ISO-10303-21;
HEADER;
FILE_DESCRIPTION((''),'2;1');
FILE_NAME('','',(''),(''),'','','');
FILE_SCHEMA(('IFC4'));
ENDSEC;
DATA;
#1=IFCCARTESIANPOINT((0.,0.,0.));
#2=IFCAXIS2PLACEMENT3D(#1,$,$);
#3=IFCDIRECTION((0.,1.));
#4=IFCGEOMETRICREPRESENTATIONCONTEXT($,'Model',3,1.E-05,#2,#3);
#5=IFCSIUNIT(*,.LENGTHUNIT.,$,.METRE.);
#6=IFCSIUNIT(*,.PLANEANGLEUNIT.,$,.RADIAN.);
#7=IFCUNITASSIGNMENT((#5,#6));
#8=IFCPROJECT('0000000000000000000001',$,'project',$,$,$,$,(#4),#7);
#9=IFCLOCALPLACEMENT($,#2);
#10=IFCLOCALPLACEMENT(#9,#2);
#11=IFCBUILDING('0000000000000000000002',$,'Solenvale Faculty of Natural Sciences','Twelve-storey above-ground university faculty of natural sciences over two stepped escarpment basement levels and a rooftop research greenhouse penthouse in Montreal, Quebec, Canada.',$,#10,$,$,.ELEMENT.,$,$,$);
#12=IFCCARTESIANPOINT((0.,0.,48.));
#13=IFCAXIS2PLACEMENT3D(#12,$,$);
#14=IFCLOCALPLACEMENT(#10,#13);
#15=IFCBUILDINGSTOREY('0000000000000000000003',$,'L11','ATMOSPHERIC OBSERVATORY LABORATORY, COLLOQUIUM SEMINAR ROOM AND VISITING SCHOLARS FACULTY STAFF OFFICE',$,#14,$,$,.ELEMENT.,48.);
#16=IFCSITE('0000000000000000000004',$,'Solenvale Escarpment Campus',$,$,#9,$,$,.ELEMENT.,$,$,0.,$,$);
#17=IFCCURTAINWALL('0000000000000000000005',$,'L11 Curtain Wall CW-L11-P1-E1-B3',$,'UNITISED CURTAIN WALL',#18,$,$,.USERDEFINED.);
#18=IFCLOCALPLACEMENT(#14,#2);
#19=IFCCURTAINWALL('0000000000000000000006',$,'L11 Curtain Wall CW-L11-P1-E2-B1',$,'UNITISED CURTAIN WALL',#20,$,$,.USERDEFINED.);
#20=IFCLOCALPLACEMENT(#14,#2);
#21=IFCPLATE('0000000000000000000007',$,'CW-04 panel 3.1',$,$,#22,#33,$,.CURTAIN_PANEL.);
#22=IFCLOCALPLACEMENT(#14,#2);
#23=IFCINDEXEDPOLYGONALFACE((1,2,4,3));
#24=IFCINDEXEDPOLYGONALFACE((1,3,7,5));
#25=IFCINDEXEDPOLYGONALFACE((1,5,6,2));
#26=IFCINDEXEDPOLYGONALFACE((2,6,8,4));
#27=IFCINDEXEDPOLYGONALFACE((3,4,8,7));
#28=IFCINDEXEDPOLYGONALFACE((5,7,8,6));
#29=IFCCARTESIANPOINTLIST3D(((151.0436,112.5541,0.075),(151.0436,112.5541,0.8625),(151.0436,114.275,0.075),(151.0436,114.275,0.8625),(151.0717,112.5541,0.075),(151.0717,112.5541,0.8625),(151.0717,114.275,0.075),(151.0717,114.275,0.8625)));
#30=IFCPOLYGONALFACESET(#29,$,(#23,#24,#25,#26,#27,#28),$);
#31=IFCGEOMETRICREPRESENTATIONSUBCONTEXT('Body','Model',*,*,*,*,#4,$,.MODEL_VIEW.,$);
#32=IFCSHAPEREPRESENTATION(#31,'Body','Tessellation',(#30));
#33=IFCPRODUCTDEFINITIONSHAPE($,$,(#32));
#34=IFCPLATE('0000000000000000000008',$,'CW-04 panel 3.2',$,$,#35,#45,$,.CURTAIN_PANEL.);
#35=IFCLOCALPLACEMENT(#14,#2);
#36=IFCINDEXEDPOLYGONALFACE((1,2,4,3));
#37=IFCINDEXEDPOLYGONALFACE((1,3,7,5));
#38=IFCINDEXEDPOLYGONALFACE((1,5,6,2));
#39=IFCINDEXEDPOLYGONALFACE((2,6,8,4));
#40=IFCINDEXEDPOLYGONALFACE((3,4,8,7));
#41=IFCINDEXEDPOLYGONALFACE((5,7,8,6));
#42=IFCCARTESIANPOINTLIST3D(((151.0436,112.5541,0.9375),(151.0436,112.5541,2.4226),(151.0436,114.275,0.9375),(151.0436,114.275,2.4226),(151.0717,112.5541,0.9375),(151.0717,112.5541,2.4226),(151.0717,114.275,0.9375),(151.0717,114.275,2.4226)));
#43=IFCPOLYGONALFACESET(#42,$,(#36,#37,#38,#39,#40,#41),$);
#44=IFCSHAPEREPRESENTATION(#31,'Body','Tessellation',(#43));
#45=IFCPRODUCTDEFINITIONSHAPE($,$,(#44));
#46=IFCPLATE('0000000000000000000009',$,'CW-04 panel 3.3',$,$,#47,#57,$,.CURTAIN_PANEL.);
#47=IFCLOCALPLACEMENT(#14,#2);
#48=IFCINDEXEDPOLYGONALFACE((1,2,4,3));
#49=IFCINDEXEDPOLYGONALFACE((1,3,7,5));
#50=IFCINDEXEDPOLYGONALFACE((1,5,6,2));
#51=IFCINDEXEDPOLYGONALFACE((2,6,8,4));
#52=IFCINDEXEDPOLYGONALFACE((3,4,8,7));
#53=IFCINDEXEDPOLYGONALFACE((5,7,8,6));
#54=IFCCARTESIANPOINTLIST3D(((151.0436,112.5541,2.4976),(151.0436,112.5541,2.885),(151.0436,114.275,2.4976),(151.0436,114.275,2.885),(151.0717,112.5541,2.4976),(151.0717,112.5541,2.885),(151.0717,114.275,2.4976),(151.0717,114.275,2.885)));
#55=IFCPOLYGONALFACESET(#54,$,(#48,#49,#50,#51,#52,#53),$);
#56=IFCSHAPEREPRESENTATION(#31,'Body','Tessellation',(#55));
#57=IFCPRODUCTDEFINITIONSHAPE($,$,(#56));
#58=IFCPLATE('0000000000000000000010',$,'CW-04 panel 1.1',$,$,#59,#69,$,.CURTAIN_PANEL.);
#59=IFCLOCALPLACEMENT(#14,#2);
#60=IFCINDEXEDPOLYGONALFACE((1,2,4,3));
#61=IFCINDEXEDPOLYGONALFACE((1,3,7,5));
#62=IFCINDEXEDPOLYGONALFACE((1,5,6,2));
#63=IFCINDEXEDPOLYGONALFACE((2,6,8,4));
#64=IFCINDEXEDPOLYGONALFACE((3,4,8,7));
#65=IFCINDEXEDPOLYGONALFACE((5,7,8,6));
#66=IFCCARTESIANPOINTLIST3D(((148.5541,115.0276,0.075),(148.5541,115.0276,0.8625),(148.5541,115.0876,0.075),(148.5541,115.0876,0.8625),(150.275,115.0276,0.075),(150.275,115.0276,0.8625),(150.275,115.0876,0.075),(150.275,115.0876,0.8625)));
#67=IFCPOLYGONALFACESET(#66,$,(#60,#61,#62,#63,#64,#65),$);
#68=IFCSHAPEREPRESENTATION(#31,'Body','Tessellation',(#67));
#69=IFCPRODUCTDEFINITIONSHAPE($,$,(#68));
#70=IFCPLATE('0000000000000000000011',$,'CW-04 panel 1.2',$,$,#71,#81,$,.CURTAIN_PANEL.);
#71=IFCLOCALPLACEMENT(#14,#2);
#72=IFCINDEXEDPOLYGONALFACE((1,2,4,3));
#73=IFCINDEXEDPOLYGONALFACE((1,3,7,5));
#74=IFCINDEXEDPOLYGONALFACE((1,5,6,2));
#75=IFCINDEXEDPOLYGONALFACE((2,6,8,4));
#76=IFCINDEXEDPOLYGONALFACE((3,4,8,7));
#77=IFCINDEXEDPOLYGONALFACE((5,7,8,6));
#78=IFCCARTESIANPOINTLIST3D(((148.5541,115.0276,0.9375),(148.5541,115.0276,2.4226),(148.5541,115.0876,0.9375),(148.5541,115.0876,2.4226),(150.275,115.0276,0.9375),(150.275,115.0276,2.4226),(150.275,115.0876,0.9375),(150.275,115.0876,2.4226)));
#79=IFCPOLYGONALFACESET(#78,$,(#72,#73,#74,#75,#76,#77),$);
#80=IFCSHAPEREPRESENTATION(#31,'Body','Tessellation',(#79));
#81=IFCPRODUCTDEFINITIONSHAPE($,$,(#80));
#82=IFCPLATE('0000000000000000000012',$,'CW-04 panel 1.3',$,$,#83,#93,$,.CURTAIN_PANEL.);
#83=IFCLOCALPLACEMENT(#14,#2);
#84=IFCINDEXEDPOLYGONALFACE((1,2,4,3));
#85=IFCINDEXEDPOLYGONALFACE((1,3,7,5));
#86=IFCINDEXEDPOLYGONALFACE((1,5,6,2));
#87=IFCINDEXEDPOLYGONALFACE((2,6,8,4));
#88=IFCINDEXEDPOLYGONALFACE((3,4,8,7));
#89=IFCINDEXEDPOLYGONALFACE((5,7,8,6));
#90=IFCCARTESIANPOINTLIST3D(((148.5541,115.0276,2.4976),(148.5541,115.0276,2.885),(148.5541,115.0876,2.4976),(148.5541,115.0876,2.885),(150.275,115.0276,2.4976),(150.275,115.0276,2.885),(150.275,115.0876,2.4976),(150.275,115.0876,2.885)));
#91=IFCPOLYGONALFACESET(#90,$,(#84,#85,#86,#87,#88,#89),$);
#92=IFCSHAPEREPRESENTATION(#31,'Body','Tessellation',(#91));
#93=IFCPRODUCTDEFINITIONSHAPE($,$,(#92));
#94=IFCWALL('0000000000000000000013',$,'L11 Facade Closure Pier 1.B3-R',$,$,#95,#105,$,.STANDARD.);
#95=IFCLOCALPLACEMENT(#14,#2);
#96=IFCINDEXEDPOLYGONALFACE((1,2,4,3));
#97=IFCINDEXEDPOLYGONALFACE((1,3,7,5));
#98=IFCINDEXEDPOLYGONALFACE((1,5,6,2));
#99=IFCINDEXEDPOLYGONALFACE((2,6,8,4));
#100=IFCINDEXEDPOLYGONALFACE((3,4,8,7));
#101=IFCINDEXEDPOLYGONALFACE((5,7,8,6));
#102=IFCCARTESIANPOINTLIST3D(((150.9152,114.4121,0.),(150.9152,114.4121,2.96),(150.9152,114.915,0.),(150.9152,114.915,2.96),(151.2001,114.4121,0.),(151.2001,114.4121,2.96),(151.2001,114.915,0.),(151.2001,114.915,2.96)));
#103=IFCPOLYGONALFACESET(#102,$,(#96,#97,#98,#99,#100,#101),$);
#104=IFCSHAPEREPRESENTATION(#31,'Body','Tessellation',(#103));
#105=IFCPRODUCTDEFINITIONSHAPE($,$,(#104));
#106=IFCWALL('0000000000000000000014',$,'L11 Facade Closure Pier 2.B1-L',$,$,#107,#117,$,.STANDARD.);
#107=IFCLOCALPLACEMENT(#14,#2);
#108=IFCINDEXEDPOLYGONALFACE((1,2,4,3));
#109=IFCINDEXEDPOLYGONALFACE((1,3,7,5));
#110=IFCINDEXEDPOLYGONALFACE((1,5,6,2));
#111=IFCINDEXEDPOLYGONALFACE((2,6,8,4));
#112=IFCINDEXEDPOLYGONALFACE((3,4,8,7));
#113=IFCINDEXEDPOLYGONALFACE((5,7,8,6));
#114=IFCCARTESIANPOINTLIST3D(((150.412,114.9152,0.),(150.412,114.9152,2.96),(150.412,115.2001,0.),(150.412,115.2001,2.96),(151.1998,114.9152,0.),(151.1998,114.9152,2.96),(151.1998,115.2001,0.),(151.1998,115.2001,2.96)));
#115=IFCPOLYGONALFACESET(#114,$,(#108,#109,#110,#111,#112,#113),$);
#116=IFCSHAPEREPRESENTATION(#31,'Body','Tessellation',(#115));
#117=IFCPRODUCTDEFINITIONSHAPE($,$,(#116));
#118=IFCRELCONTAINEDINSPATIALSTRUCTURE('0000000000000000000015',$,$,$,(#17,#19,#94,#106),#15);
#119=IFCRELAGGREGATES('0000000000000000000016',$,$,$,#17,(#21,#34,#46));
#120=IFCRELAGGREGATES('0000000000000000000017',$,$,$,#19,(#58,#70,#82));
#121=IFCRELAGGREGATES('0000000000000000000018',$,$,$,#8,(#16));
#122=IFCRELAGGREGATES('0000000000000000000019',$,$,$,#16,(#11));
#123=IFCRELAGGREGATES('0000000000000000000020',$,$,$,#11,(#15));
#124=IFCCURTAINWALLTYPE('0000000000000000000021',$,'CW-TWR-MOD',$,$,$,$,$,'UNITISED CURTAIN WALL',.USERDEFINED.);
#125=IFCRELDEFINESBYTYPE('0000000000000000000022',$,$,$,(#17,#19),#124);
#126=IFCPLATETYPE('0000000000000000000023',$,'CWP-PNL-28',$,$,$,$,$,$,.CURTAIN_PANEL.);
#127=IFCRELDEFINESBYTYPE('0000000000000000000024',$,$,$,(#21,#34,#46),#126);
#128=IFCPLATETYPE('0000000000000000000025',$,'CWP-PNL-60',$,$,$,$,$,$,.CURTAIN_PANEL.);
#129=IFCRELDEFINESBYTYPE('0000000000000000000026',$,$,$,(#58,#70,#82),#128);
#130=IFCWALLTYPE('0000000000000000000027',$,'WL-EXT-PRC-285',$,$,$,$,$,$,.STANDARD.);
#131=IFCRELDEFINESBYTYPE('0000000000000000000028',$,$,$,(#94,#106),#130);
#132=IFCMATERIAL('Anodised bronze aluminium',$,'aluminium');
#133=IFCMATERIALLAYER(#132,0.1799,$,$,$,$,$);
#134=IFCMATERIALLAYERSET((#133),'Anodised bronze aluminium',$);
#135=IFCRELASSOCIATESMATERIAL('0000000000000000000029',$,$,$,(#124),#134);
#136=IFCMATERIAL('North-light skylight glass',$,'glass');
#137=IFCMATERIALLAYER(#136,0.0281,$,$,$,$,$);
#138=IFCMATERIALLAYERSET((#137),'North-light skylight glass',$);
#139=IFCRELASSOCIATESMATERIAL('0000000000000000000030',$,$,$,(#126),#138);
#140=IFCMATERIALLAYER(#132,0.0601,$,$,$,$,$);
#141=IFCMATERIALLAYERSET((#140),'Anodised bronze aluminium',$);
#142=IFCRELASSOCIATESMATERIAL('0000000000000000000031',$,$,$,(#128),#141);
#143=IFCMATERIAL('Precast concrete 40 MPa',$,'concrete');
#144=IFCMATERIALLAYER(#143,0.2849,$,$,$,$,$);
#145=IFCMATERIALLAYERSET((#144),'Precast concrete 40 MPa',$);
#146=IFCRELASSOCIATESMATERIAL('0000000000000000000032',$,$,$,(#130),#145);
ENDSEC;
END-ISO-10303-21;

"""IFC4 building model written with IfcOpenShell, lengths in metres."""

from ifc_helpers import new_model, si_unit, direction, frame, frame_2d, origin, origin_2d, place, context, subcontext, project, spatial, rectangle, extrude, material, layer, layer_set, type_object, element, aggregate, save


model = new_model("IFC4")

# Units and contexts
model_context = context("Model", 3, precision=1e-05, world=origin(), true_north=direction((0.0, 1.0)))
body_context = subcontext(model_context, "Body", "Model", "MODEL_VIEW")
ifc_project = project(units=[si_unit("LENGTHUNIT", "METRE"), si_unit("PLANEANGLEUNIT", "RADIAN")], contexts=[model_context])

# Site, building, storey
site_placement = place(None, origin())
site = spatial("IfcSite", under=ifc_project, at=site_placement, Name="Solenvale Escarpment Campus", CompositionType="ELEMENT", RefElevation=0.0)
building_placement = place(site_placement, origin())
building = spatial("IfcBuilding", under=site, at=building_placement, Name="Solenvale Faculty of Natural Sciences", Description="Twelve-storey above-ground university faculty of natural sciences over two stepped escarpment basement levels and a rooftop research greenhouse penthouse in Montreal, Quebec, Canada.", CompositionType="ELEMENT")
storey_placement = place(building_placement, frame((0.0, 0.0, 48.0)))
storey = spatial("IfcBuildingStorey", under=building, at=storey_placement, Name="L11", Description="ATMOSPHERIC OBSERVATORY LABORATORY, COLLOQUIUM SEMINAR ROOM AND VISITING SCHOLARS FACULTY STAFF OFFICE", CompositionType="ELEMENT", Elevation=48.0)

# Curtain walls
ifc_material_1 = material(Name="Anodised bronze aluminium", Category="aluminium")
ifc_layer_1 = layer(ifc_material_1, 0.1799)
ifc_layer_set_1 = layer_set([ifc_layer_1], Name="Anodised bronze aluminium")
curtain_wall_type = type_object("IfcCurtainWallType", Name="CW-TWR-MOD", ElementType="UNITISED CURTAIN WALL", PredefinedType="USERDEFINED", material=ifc_layer_set_1)
curtain_wall_1_placement = place(storey_placement, origin())
curtain_wall_1 = element("IfcCurtainWall", 1, at=curtain_wall_1_placement, inside=storey, type_object=curtain_wall_type, Name="L11 Curtain Wall CW-L11-P1-E1-B3", ObjectType="UNITISED CURTAIN WALL", PredefinedType="USERDEFINED")
curtain_wall_2_placement = place(storey_placement, origin())
curtain_wall_2 = element("IfcCurtainWall", 2, at=curtain_wall_2_placement, inside=storey, type_object=curtain_wall_type, Name="L11 Curtain Wall CW-L11-P1-E2-B1", ObjectType="UNITISED CURTAIN WALL", PredefinedType="USERDEFINED")

# Plates
ifc_material_2 = material(Name="North-light skylight glass", Category="glass")
ifc_layer_2 = layer(ifc_material_2, 0.0281)
ifc_layer_set_2 = layer_set([ifc_layer_2], Name="North-light skylight glass")
plate_type_1 = type_object("IfcPlateType", Name="CWP-PNL-28", PredefinedType="CURTAIN_PANEL", material=ifc_layer_set_2)
plate_1_placement = place(storey_placement, frame((151.0576, 113.4146, 0.075), z_axis=(0.0, 0.0, 1.0), x_axis=(0.0, 1.0, 0.0)))
plate_1 = element("IfcPlate", 3, at=plate_1_placement, type_object=plate_type_1, Name="CW-04 panel 3.1", PredefinedType="CURTAIN_PANEL", context=body_context, shape_type="SweptSolid", body=[
    extrude(rectangle(XDim=1.7209, YDim=0.0281, at=origin_2d()), origin(), (0.0, 0.0, 1.0), 0.7876),
])
plate_2_placement = place(storey_placement, frame((151.0576, 113.4146, 0.9375), z_axis=(0.0, 0.0, 1.0), x_axis=(0.0, 1.0, 0.0)))
plate_2 = element("IfcPlate", 4, at=plate_2_placement, type_object=plate_type_1, Name="CW-04 panel 3.2", PredefinedType="CURTAIN_PANEL", context=body_context, shape_type="SweptSolid", body=[
    extrude(rectangle(XDim=1.7209, YDim=0.0281, at=origin_2d()), origin(), (0.0, 0.0, 1.0), 1.4851),
])
plate_3_placement = place(storey_placement, frame((151.0576, 113.4146, 2.4976), z_axis=(0.0, 0.0, 1.0), x_axis=(0.0, 1.0, 0.0)))
plate_3 = element("IfcPlate", 5, at=plate_3_placement, type_object=plate_type_1, Name="CW-04 panel 3.3", PredefinedType="CURTAIN_PANEL", context=body_context, shape_type="SweptSolid", body=[
    extrude(rectangle(XDim=1.7209, YDim=0.0281, at=origin_2d()), origin(), (0.0, 0.0, 1.0), 0.3875),
])
aggregate(curtain_wall_1, [plate_1, plate_2, plate_3])
ifc_layer_3 = layer(ifc_material_1, 0.0601)
ifc_layer_set_3 = layer_set([ifc_layer_3], Name="Anodised bronze aluminium")
plate_type_2 = type_object("IfcPlateType", Name="CWP-PNL-60", PredefinedType="CURTAIN_PANEL", material=ifc_layer_set_3)
plate_4_placement = place(storey_placement, frame((149.4146, 115.0576, 0.075), z_axis=(0.0, 0.0, 1.0), x_axis=(-1.0, 0.0, 0.0)))
plate_4 = element("IfcPlate", 6, at=plate_4_placement, type_object=plate_type_2, Name="CW-04 panel 1.1", PredefinedType="CURTAIN_PANEL", context=body_context, shape_type="SweptSolid", body=[
    extrude(rectangle(XDim=1.7209, YDim=0.0601, at=origin_2d()), origin(), (0.0, 0.0, 1.0), 0.7876),
])
plate_5_placement = place(storey_placement, frame((149.4146, 115.0576, 0.9375), z_axis=(0.0, 0.0, 1.0), x_axis=(-1.0, 0.0, 0.0)))
plate_5 = element("IfcPlate", 7, at=plate_5_placement, type_object=plate_type_2, Name="CW-04 panel 1.2", PredefinedType="CURTAIN_PANEL", context=body_context, shape_type="SweptSolid", body=[
    extrude(rectangle(XDim=1.7209, YDim=0.0601, at=origin_2d()), origin(), (0.0, 0.0, 1.0), 1.4851),
])
plate_6_placement = place(storey_placement, frame((149.4146, 115.0576, 2.4976), z_axis=(0.0, 0.0, 1.0), x_axis=(-1.0, 0.0, 0.0)))
plate_6 = element("IfcPlate", 8, at=plate_6_placement, type_object=plate_type_2, Name="CW-04 panel 1.3", PredefinedType="CURTAIN_PANEL", context=body_context, shape_type="SweptSolid", body=[
    extrude(rectangle(XDim=1.7209, YDim=0.0601, at=origin_2d()), origin(), (0.0, 0.0, 1.0), 0.3875),
])
aggregate(curtain_wall_2, [plate_4, plate_5, plate_6])

# Walls
ifc_material_3 = material(Name="Precast concrete 40 MPa", Category="concrete")
ifc_layer_4 = layer(ifc_material_3, 0.2849)
ifc_layer_set_4 = layer_set([ifc_layer_4], Name="Precast concrete 40 MPa")
wall_type_1 = type_object("IfcWallType", Name="WL-EXT-PRC-285", PredefinedType="STANDARD", material=ifc_layer_set_4)
wall_1_placement = place(storey_placement, frame((151.0576, 114.4121, 0.0), z_axis=(0.0, 0.0, 1.0), x_axis=(0.0, 1.0, 0.0)))
element("IfcWall", 9, at=wall_1_placement, inside=storey, type_object=wall_type_1, Name="L11 Facade Closure Pier 1.B3-R", PredefinedType="STANDARD", context=body_context, shape_type="SweptSolid", body=[
    extrude(rectangle(XDim=0.5029, YDim=0.2849, at=frame_2d((0.2515, 0.0))), origin(), (0.0, 0.0, 1.0), 2.96),
])
wall_2_placement = place(storey_placement, frame((151.2, 115.0576, 0.0), z_axis=(0.0, 0.0, 1.0), x_axis=(-1.0, 0.0, 0.0)))
element("IfcWall", 10, at=wall_2_placement, inside=storey, type_object=wall_type_1, Name="L11 Facade Closure Pier 2.B1-L", PredefinedType="STANDARD", context=body_context, shape_type="SweptSolid", body=[
    extrude(rectangle(XDim=0.7878, YDim=0.2849, at=frame_2d((0.394, 0.0))), origin(), (0.0, 0.0, 1.0), 2.96),
])

save(model, "model.ifc")
